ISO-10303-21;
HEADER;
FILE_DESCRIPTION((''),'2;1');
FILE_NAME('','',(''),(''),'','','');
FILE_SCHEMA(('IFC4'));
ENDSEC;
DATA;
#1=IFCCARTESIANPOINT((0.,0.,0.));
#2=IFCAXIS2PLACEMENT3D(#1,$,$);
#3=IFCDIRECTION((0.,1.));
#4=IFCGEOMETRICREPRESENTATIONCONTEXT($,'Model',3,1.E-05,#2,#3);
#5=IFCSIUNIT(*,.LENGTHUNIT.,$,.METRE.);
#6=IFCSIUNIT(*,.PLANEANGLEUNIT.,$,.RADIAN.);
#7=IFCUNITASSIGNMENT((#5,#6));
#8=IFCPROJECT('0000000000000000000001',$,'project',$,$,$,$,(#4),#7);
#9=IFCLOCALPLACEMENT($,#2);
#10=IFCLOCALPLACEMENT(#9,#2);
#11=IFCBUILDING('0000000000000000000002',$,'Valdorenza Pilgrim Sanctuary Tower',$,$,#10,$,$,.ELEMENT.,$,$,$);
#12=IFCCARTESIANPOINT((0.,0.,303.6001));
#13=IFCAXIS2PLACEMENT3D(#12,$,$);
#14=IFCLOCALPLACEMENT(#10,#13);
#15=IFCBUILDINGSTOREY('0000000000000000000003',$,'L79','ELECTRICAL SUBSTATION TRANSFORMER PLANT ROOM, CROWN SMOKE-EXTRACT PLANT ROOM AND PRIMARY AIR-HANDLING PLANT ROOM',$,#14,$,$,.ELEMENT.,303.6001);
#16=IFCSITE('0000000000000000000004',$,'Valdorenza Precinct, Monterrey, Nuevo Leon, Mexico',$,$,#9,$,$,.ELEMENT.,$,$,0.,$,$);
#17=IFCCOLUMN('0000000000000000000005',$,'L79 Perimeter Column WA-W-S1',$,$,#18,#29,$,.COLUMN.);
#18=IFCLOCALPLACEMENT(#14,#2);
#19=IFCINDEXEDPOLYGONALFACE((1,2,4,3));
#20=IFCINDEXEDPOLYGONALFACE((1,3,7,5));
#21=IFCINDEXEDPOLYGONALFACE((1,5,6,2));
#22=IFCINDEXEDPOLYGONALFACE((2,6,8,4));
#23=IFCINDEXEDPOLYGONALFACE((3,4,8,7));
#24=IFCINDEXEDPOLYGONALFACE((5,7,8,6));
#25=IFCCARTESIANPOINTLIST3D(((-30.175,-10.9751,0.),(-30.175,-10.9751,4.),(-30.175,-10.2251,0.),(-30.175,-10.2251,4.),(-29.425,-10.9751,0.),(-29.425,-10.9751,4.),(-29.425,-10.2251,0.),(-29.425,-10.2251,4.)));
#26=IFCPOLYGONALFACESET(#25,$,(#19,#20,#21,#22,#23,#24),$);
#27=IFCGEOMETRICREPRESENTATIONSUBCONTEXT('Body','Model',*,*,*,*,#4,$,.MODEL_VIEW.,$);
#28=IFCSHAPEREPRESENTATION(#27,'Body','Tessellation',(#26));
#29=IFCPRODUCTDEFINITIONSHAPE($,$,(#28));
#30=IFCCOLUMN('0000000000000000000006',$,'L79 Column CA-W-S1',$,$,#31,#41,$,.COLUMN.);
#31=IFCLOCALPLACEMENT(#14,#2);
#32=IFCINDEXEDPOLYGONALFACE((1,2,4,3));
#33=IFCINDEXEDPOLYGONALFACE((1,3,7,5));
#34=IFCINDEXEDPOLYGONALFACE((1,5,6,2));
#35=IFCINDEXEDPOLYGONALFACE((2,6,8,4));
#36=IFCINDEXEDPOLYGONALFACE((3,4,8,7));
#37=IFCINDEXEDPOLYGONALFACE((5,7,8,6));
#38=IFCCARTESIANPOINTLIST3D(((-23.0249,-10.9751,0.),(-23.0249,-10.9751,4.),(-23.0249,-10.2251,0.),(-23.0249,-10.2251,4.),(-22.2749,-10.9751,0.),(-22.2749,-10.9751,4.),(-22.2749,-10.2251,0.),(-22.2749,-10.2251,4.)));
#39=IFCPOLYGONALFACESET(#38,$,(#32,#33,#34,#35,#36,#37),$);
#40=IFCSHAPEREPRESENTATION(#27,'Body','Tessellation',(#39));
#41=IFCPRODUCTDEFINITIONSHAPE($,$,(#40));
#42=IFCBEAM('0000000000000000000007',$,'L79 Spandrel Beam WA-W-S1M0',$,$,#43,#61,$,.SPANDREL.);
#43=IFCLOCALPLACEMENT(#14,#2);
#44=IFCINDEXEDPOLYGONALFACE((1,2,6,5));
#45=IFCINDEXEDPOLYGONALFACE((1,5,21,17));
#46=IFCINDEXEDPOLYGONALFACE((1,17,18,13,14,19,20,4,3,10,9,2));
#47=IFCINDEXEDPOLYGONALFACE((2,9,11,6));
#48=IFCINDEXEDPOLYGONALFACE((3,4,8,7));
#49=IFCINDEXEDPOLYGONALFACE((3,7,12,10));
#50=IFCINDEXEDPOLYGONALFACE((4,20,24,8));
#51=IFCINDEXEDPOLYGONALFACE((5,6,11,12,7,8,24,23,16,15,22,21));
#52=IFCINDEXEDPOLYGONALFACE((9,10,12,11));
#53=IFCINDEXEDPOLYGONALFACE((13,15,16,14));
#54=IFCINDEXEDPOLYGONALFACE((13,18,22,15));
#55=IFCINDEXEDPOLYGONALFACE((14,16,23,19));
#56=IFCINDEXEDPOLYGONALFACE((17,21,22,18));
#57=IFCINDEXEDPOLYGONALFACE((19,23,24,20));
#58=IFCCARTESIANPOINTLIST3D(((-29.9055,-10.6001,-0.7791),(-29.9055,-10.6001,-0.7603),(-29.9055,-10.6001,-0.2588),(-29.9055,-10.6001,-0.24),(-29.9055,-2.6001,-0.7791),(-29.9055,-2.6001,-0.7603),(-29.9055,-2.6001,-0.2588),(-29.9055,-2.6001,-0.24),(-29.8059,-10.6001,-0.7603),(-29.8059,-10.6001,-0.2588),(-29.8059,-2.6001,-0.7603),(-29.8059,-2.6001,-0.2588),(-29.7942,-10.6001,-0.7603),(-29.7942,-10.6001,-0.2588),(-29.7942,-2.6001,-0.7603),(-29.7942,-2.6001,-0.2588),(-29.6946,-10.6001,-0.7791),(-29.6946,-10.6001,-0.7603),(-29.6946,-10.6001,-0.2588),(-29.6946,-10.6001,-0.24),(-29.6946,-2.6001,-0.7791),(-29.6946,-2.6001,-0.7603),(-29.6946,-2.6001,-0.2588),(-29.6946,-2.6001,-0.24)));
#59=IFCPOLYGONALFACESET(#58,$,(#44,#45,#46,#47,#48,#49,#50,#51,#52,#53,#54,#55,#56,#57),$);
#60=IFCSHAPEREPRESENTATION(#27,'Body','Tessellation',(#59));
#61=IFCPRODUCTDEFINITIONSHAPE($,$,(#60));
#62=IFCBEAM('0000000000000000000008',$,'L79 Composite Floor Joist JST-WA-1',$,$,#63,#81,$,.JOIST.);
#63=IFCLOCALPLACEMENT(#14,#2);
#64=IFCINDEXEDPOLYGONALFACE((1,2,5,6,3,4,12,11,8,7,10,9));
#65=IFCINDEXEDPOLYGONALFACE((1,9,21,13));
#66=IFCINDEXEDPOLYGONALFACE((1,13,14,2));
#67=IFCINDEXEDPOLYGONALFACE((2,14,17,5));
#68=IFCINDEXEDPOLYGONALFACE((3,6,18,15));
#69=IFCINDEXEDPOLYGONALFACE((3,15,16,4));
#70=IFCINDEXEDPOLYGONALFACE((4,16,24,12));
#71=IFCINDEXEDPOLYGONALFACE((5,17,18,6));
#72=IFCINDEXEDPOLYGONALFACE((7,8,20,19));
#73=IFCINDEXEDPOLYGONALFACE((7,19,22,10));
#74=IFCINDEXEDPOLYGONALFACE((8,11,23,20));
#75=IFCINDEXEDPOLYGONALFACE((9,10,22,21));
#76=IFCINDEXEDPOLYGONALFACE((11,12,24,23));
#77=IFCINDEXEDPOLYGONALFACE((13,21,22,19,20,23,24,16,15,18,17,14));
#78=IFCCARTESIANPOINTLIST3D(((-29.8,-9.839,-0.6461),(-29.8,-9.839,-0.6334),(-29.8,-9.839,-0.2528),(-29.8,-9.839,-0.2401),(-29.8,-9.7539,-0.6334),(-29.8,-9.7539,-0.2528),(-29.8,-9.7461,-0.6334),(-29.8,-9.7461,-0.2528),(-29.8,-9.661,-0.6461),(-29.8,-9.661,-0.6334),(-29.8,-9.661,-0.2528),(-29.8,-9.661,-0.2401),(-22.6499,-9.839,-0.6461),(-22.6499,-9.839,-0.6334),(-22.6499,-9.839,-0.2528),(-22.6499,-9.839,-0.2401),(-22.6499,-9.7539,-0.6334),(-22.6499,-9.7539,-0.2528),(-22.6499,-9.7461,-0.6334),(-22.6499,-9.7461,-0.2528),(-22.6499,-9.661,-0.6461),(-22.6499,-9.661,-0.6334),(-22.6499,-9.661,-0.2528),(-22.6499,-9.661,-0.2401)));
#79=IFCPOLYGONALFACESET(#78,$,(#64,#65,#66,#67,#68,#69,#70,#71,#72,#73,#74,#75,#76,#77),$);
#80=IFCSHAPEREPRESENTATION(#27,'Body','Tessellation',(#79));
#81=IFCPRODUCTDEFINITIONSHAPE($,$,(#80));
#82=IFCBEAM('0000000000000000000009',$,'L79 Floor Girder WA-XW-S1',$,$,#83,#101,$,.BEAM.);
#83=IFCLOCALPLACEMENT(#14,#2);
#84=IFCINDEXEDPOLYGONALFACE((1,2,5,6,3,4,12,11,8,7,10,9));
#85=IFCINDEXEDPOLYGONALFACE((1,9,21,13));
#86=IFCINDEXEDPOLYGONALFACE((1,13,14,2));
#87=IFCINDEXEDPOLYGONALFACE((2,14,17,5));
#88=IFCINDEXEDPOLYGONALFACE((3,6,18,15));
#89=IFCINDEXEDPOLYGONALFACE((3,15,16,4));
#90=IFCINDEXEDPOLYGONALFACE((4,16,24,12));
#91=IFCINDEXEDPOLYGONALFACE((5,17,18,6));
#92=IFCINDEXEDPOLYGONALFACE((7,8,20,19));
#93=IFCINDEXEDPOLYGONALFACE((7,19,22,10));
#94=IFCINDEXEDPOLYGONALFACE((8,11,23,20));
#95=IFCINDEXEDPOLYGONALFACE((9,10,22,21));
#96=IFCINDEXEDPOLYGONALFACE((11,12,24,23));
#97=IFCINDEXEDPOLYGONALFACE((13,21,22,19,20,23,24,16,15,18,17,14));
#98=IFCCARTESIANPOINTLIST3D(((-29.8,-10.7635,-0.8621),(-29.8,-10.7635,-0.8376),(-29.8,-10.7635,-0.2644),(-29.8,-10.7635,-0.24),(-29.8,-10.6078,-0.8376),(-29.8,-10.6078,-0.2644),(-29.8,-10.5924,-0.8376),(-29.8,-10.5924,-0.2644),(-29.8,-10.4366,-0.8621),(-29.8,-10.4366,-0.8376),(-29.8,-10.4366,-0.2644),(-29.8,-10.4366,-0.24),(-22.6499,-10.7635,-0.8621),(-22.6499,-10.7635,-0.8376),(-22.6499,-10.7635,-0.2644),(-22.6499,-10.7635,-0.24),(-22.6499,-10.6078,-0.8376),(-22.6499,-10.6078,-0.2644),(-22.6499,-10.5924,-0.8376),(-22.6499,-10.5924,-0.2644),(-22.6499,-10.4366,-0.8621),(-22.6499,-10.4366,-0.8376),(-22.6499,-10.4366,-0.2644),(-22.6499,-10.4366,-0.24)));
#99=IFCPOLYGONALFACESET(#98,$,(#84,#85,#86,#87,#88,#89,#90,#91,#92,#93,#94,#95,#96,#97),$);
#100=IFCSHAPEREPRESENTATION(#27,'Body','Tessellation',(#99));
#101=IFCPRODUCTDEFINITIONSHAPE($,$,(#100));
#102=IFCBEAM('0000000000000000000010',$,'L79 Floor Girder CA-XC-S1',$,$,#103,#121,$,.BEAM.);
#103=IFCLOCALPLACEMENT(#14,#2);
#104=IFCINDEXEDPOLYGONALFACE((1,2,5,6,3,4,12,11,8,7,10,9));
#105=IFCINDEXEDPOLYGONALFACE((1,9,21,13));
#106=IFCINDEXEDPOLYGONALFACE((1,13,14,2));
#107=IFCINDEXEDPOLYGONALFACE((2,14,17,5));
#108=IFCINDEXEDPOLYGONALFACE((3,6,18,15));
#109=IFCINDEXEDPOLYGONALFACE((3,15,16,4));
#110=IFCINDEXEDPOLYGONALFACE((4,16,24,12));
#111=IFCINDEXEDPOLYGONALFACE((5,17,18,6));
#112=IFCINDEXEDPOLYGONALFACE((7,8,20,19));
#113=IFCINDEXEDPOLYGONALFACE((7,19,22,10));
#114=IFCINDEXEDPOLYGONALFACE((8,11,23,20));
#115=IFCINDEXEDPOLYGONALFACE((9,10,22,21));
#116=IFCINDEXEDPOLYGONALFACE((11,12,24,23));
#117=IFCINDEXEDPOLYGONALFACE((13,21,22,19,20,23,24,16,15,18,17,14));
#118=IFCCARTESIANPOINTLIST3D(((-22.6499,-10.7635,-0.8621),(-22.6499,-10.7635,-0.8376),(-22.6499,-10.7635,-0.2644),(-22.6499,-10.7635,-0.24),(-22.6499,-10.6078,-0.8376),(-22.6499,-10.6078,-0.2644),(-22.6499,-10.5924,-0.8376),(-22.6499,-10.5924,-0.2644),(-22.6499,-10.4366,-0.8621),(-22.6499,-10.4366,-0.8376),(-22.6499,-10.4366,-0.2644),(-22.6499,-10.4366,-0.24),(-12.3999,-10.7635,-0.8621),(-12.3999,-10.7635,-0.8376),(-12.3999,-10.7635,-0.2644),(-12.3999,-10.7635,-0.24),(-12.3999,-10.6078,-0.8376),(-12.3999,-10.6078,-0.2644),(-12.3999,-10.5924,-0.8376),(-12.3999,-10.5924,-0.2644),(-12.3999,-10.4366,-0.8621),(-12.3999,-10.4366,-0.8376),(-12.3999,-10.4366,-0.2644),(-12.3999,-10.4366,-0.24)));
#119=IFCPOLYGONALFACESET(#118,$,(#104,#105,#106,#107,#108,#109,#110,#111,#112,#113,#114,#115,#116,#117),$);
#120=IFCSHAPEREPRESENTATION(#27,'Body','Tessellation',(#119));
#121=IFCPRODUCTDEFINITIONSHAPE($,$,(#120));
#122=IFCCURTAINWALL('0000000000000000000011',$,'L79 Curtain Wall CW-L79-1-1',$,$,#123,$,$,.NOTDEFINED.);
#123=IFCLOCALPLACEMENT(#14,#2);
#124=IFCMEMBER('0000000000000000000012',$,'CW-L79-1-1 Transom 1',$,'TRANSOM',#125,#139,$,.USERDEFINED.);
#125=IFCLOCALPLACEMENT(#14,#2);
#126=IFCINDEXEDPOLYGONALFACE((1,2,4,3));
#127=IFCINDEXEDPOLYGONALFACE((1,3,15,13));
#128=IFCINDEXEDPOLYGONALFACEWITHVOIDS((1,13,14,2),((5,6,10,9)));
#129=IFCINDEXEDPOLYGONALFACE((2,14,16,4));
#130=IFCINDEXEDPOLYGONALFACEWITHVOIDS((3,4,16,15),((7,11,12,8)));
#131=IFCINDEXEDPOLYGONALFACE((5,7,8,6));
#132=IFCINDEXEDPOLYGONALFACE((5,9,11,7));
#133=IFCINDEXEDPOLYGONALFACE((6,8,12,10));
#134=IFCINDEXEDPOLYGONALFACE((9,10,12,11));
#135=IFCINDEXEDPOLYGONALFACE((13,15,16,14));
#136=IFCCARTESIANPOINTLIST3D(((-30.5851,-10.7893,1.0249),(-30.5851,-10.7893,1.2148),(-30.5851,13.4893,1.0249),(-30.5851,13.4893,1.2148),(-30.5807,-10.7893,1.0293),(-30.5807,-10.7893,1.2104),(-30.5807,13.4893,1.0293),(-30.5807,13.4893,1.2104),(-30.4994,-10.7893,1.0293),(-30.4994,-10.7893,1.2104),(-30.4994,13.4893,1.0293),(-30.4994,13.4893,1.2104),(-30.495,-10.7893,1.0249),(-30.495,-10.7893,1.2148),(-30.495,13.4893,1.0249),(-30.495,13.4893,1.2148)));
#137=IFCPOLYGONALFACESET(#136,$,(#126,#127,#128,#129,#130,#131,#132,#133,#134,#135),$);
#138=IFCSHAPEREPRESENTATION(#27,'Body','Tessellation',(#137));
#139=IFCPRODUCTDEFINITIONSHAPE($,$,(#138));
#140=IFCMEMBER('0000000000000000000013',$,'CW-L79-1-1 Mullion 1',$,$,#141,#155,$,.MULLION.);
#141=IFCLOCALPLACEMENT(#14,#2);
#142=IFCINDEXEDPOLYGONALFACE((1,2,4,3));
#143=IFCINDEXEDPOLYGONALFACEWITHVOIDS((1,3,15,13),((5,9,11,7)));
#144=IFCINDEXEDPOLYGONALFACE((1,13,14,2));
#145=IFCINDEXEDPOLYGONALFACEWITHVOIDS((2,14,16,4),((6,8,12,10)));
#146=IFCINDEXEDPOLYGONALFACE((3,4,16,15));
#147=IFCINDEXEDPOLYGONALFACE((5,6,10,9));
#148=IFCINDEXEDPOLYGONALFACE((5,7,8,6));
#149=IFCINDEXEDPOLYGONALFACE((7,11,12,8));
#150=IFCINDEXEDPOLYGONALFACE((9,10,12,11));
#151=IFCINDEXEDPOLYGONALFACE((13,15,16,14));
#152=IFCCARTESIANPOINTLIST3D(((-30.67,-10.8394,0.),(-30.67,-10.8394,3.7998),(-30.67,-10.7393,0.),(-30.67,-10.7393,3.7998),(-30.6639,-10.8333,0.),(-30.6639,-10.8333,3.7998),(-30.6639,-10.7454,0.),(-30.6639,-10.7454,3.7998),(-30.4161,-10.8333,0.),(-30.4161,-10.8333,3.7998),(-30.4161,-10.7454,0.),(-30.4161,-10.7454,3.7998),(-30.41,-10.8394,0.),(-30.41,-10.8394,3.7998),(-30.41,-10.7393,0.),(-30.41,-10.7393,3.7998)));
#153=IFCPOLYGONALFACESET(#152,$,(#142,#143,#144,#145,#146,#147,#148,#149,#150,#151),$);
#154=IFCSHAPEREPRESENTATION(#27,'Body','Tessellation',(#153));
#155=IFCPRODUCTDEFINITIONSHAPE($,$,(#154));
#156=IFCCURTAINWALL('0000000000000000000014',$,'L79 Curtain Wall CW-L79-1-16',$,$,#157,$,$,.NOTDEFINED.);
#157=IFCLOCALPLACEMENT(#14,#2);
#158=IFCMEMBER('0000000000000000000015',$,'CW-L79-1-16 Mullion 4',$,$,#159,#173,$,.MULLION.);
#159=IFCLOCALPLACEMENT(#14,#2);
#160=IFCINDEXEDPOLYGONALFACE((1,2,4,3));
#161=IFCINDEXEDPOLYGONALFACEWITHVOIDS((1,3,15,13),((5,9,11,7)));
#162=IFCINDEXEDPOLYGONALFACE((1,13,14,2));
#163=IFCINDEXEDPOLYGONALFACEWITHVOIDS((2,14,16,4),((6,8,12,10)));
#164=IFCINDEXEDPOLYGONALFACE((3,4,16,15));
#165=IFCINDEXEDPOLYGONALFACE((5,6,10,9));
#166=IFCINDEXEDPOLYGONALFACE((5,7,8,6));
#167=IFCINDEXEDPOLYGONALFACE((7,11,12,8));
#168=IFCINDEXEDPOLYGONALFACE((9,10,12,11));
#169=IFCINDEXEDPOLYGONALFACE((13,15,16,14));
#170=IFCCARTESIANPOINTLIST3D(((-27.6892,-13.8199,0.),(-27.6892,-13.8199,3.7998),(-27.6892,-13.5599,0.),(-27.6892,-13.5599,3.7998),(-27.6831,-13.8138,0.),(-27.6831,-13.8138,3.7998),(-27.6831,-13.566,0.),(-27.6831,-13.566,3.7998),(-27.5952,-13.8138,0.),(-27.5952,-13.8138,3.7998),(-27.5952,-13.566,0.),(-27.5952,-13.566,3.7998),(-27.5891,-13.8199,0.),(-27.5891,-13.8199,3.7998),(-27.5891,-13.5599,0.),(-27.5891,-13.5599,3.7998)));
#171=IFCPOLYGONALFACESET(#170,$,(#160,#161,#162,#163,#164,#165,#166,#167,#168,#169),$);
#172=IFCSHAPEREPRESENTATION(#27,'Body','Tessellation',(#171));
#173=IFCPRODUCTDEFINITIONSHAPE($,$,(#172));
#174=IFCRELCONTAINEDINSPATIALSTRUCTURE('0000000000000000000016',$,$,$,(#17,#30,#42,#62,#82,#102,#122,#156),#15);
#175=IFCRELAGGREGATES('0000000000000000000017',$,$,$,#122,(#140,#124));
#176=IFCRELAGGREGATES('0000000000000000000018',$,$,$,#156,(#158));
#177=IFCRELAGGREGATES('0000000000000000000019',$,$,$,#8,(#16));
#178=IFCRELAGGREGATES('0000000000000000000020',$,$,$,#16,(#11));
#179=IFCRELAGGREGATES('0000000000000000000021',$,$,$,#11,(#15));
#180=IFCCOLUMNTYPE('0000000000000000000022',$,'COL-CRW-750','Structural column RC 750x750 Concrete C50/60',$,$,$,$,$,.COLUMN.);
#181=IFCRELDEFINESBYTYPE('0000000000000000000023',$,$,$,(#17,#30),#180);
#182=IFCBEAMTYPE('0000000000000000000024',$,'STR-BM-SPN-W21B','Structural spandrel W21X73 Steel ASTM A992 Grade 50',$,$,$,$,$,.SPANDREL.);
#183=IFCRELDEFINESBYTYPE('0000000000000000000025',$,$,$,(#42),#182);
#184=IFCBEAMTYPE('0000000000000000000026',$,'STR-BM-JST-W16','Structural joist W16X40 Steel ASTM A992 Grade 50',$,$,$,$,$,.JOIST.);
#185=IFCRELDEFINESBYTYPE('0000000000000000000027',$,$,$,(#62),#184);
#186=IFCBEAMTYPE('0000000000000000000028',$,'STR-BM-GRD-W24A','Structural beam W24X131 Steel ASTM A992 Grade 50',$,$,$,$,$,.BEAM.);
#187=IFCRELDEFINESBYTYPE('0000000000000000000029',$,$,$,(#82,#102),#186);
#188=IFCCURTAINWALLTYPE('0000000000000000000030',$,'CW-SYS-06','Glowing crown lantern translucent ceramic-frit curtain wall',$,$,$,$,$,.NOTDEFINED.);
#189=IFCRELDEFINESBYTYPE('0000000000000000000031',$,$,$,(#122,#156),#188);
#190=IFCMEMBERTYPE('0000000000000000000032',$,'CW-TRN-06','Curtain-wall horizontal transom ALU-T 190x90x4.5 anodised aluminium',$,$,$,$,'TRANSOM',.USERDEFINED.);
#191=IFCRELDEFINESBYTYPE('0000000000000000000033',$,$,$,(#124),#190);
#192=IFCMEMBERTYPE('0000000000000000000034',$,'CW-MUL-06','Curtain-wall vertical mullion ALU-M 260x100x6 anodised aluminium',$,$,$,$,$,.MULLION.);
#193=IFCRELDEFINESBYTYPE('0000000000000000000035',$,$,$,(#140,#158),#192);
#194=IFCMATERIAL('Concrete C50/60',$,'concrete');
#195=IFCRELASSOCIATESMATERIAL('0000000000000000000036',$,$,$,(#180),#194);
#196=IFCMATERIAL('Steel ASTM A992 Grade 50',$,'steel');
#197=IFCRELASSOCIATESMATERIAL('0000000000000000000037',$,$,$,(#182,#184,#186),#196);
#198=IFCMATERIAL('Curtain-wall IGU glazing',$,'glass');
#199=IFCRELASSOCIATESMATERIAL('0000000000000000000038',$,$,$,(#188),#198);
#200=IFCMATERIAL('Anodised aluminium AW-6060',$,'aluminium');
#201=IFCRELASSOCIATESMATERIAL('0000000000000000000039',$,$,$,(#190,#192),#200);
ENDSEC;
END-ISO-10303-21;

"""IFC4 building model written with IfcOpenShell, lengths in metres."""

from ifc_helpers import new_model, si_unit, direction, frame, origin, origin_2d, place, context, subcontext, project, spatial, rectangle, hollow_rectangle, i_section, extrude, source, transform, mapped, material, material_profile, profile_set, type_object, element, aggregate, save


model = new_model("IFC4")

# Units and contexts
model_context = context("Model", 3, precision=1e-05, world=origin(), true_north=direction((0.0, 1.0)))
body_context = subcontext(model_context, "Body", "Model", "MODEL_VIEW")
ifc_project = project(units=[si_unit("LENGTHUNIT", "METRE"), si_unit("PLANEANGLEUNIT", "RADIAN")], contexts=[model_context])

# Site, building, storey
site_placement = place(None, origin())
site = spatial("IfcSite", under=ifc_project, at=site_placement, Name="Valdorenza Precinct, Monterrey, Nuevo Leon, Mexico", CompositionType="ELEMENT", RefElevation=0.0)
building_placement = place(site_placement, origin())
building = spatial("IfcBuilding", under=site, at=building_placement, Name="Valdorenza Pilgrim Sanctuary Tower", CompositionType="ELEMENT")
storey_placement = place(building_placement, frame((0.0, 0.0, 303.6001)))
storey = spatial("IfcBuildingStorey", under=building, at=storey_placement, Name="L79", Description="ELECTRICAL SUBSTATION TRANSFORMER PLANT ROOM, CROWN SMOKE-EXTRACT PLANT ROOM AND PRIMARY AIR-HANDLING PLANT ROOM", CompositionType="ELEMENT", Elevation=303.6001)

# Columns
ifc_material_1 = material(Name="Concrete C50/60", Category="concrete")
ifc_material_profile_1 = material_profile(ifc_material_1, rectangle(XDim=0.75, YDim=0.75, at=origin_2d()), Name="RC 750x750")
ifc_profile_set_1 = profile_set([ifc_material_profile_1], Name="Concrete C50/60")
column_type = type_object("IfcColumnType", Name="COL-CRW-750", Description="Structural column RC 750x750 Concrete C50/60", PredefinedType="COLUMN", material=ifc_profile_set_1)
shared_shape_1 = source(origin(), body_context, "Body", "SweptSolid", [
    extrude(rectangle(XDim=0.75, YDim=0.75, at=origin_2d()), origin(), (0.0, 0.0, 1.0), 4.0),
])
for number, where, z_axis, x_axis, name in (
    (1, (-29.8, -10.6001, 0.0), (0.0, 0.0, 1.0), (1.0, 0.0, 0.0), "L79 Perimeter Column WA-W-S1"),
    (2, (-22.6499, -10.6001, 0.0), (0.0, 0.0, 1.0), (1.0, 0.0, 0.0), "L79 Column CA-W-S1"),
):
    element("IfcColumn", number, at=place(storey_placement, frame(where, z_axis=z_axis, x_axis=x_axis)), inside=storey, type_object=column_type, Name=name, PredefinedType="COLUMN", context=body_context, shape_type="MappedRepresentation", body=[
        mapped(shared_shape_1, transform((0.0, 0.0, 0.0), x_axis=(1.0, 0.0, 0.0), y_axis=(0.0, 1.0, 0.0), z_axis=(0.0, 0.0, 1.0), scale=1.0)),
    ])

# Beams
ifc_material_2 = material(Name="Steel ASTM A992 Grade 50", Category="steel")
ifc_material_profile_2 = material_profile(ifc_material_2, i_section(OverallWidth=0.2109, OverallDepth=0.5391, WebThickness=0.0117, FlangeThickness=0.0188, at=origin_2d()), Name="W21X73")
ifc_profile_set_2 = profile_set([ifc_material_profile_2], Name="Steel ASTM A992 Grade 50")
beam_type_1 = type_object("IfcBeamType", Name="STR-BM-SPN-W21B", Description="Structural spandrel W21X73 Steel ASTM A992 Grade 50", PredefinedType="SPANDREL", material=ifc_profile_set_2)
shared_shape_2 = source(origin(), body_context, "Body", "SweptSolid", [
    extrude(i_section(OverallWidth=0.2109, OverallDepth=0.5391, WebThickness=0.0117, FlangeThickness=0.0188, at=origin_2d()), origin(), (0.0, 0.0, 1.0), 8.0),
])
beam_1_placement = place(storey_placement, frame((-29.8, -10.6001, -0.5095), z_axis=(0.0, 1.0, 0.0), x_axis=(-1.0, 0.0, 0.0)))
element("IfcBeam", 3, at=beam_1_placement, inside=storey, type_object=beam_type_1, Name="L79 Spandrel Beam WA-W-S1M0", PredefinedType="SPANDREL", context=body_context, shape_type="MappedRepresentation", body=[
    mapped(shared_shape_2, transform((0.0, 0.0, 0.0), x_axis=(1.0, 0.0, 0.0), y_axis=(0.0, 1.0, 0.0), z_axis=(0.0, 0.0, 1.0), scale=1.0)),
])
ifc_material_profile_3 = material_profile(ifc_material_2, i_section(OverallWidth=0.178, OverallDepth=0.406, WebThickness=0.0078, FlangeThickness=0.0127, at=origin_2d()), Name="W16X40")
ifc_profile_set_3 = profile_set([ifc_material_profile_3], Name="Steel ASTM A992 Grade 50")
beam_type_2 = type_object("IfcBeamType", Name="STR-BM-JST-W16", Description="Structural joist W16X40 Steel ASTM A992 Grade 50", PredefinedType="JOIST", material=ifc_profile_set_3)
shared_shape_3 = source(origin(), body_context, "Body", "SweptSolid", [
    extrude(i_section(OverallWidth=0.178, OverallDepth=0.406, WebThickness=0.0078, FlangeThickness=0.0127, at=origin_2d()), origin(), (0.0, 0.0, 1.0), 7.1501),
])
beam_2_placement = place(storey_placement, frame((-29.8, -9.75, -0.4431), z_axis=(1.0, 0.0, 0.0), x_axis=(0.0, 1.0, 0.0)))
element("IfcBeam", 4, at=beam_2_placement, inside=storey, type_object=beam_type_2, Name="L79 Composite Floor Joist JST-WA-1", PredefinedType="JOIST", context=body_context, shape_type="MappedRepresentation", body=[
    mapped(shared_shape_3, transform((0.0, 0.0, 0.0), x_axis=(1.0, 0.0, 0.0), y_axis=(0.0, 1.0, 0.0), z_axis=(0.0, 0.0, 1.0), scale=1.0)),
])
ifc_material_profile_4 = material_profile(ifc_material_2, i_section(OverallWidth=0.3269, OverallDepth=0.6221, WebThickness=0.0154, FlangeThickness=0.0244, at=origin_2d()), Name="W24X131")
ifc_profile_set_4 = profile_set([ifc_material_profile_4], Name="Steel ASTM A992 Grade 50")
beam_type_3 = type_object("IfcBeamType", Name="STR-BM-GRD-W24A", Description="Structural beam W24X131 Steel ASTM A992 Grade 50", PredefinedType="BEAM", material=ifc_profile_set_4)
shared_shape_4 = source(origin(), body_context, "Body", "SweptSolid", [
    extrude(i_section(OverallWidth=0.3269, OverallDepth=0.6221, WebThickness=0.0154, FlangeThickness=0.0244, at=origin_2d()), origin(), (0.0, 0.0, 1.0), 7.1501),
])
beam_3_placement = place(storey_placement, frame((-29.8, -10.6001, -0.551), z_axis=(1.0, 0.0, 0.0), x_axis=(0.0, 1.0, 0.0)))
element("IfcBeam", 5, at=beam_3_placement, inside=storey, type_object=beam_type_3, Name="L79 Floor Girder WA-XW-S1", PredefinedType="BEAM", context=body_context, shape_type="MappedRepresentation", body=[
    mapped(shared_shape_4, transform((0.0, 0.0, 0.0), x_axis=(1.0, 0.0, 0.0), y_axis=(0.0, 1.0, 0.0), z_axis=(0.0, 0.0, 1.0), scale=1.0)),
])
shared_shape_5 = source(origin(), body_context, "Body", "SweptSolid", [
    extrude(i_section(OverallWidth=0.3269, OverallDepth=0.6221, WebThickness=0.0154, FlangeThickness=0.0244, at=origin_2d()), origin(), (0.0, 0.0, 1.0), 10.25),
])
beam_4_placement = place(storey_placement, frame((-22.6499, -10.6001, -0.551), z_axis=(1.0, 0.0, 0.0), x_axis=(0.0, 1.0, 0.0)))
element("IfcBeam", 6, at=beam_4_placement, inside=storey, type_object=beam_type_3, Name="L79 Floor Girder CA-XC-S1", PredefinedType="BEAM", context=body_context, shape_type="MappedRepresentation", body=[
    mapped(shared_shape_5, transform((0.0, 0.0, 0.0), x_axis=(1.0, 0.0, 0.0), y_axis=(0.0, 1.0, 0.0), z_axis=(0.0, 0.0, 1.0), scale=1.0)),
])

# Curtain wall, members
ifc_material_3 = material(Name="Curtain-wall IGU glazing", Category="glass")
curtain_wall_type = type_object("IfcCurtainWallType", Name="CW-SYS-06", Description="Glowing crown lantern translucent ceramic-frit curtain wall", PredefinedType="NOTDEFINED", material=ifc_material_3)
curtain_wall_1_placement = place(storey_placement, origin())
curtain_wall_1 = element("IfcCurtainWall", 7, at=curtain_wall_1_placement, inside=storey, type_object=curtain_wall_type, Name="L79 Curtain Wall CW-L79-1-1", PredefinedType="NOTDEFINED")
ifc_material_4 = material(Name="Anodised aluminium AW-6060", Category="aluminium")
ifc_material_profile_5 = material_profile(ifc_material_4, hollow_rectangle(XDim=0.0901, YDim=0.1899, WallThickness=0.0044, at=origin_2d()), Name="ALU-T 190x90x4.5")
ifc_profile_set_5 = profile_set([ifc_material_profile_5], Name="Anodised aluminium AW-6060")
member_type_1 = type_object("IfcMemberType", Name="CW-TRN-06", Description="Curtain-wall horizontal transom ALU-T 190x90x4.5 anodised aluminium", ElementType="TRANSOM", PredefinedType="USERDEFINED", material=ifc_profile_set_5)
shared_shape_6 = source(origin(), body_context, "Body", "SweptSolid", [
    extrude(hollow_rectangle(XDim=0.0901, YDim=0.1899, WallThickness=0.0044, at=origin_2d()), origin(), (0.0, 0.0, 1.0), 24.2786),
])
member_1_placement = place(storey_placement, frame((-30.54, -10.7893, 1.1199), z_axis=(0.0, 1.0, 0.0), x_axis=(-1.0, 0.0, 0.0)))
member_1 = element("IfcMember", 8, at=member_1_placement, type_object=member_type_1, Name="CW-L79-1-1 Transom 1", ObjectType="TRANSOM", PredefinedType="USERDEFINED", context=body_context, shape_type="MappedRepresentation", body=[
    mapped(shared_shape_6, transform((0.0, 0.0, 0.0), x_axis=(1.0, 0.0, 0.0), y_axis=(0.0, 1.0, 0.0), z_axis=(0.0, 0.0, 1.0), scale=1.0)),
])
ifc_material_profile_6 = material_profile(ifc_material_4, hollow_rectangle(XDim=0.1001, YDim=0.26, WallThickness=0.0061, at=origin_2d()), Name="ALU-M 260x100x6")
ifc_profile_set_6 = profile_set([ifc_material_profile_6], Name="Anodised aluminium AW-6060")
member_type_2 = type_object("IfcMemberType", Name="CW-MUL-06", Description="Curtain-wall vertical mullion ALU-M 260x100x6 anodised aluminium", PredefinedType="MULLION", material=ifc_profile_set_6)
shared_shape_7 = source(origin(), body_context, "Body", "SweptSolid", [
    extrude(hollow_rectangle(XDim=0.1001, YDim=0.26, WallThickness=0.0061, at=origin_2d()), origin(), (0.0, 0.0, 1.0), 3.7998),
])
member_2_placement = place(storey_placement, frame((-30.54, -10.7893, 0.0), z_axis=(0.0, 0.0, 1.0), x_axis=(0.0, 1.0, 0.0)))
member_2 = element("IfcMember", 9, at=member_2_placement, type_object=member_type_2, Name="CW-L79-1-1 Mullion 1", PredefinedType="MULLION", context=body_context, shape_type="MappedRepresentation", body=[
    mapped(shared_shape_7, transform((0.0, 0.0, 0.0), x_axis=(1.0, 0.0, 0.0), y_axis=(0.0, 1.0, 0.0), z_axis=(0.0, 0.0, 1.0), scale=1.0)),
])
aggregate(curtain_wall_1, [member_2, member_1])

# Curtain wall, member
curtain_wall_2_placement = place(storey_placement, origin())
curtain_wall_2 = element("IfcCurtainWall", 10, at=curtain_wall_2_placement, inside=storey, type_object=curtain_wall_type, Name="L79 Curtain Wall CW-L79-1-16", PredefinedType="NOTDEFINED")
member_3_placement = place(storey_placement, frame((-27.6392, -13.6899, 0.0), z_axis=(0.0, 0.0, 1.0), x_axis=(-1.0, 0.0, 0.0)))
member_3 = element("IfcMember", 11, at=member_3_placement, type_object=member_type_2, Name="CW-L79-1-16 Mullion 4", PredefinedType="MULLION", context=body_context, shape_type="MappedRepresentation", body=[
    mapped(shared_shape_7, transform((0.0, 0.0, 0.0), x_axis=(1.0, 0.0, 0.0), y_axis=(0.0, 1.0, 0.0), z_axis=(0.0, 0.0, 1.0), scale=1.0)),
])
aggregate(curtain_wall_2, [member_3])

save(model, "model.ifc")
